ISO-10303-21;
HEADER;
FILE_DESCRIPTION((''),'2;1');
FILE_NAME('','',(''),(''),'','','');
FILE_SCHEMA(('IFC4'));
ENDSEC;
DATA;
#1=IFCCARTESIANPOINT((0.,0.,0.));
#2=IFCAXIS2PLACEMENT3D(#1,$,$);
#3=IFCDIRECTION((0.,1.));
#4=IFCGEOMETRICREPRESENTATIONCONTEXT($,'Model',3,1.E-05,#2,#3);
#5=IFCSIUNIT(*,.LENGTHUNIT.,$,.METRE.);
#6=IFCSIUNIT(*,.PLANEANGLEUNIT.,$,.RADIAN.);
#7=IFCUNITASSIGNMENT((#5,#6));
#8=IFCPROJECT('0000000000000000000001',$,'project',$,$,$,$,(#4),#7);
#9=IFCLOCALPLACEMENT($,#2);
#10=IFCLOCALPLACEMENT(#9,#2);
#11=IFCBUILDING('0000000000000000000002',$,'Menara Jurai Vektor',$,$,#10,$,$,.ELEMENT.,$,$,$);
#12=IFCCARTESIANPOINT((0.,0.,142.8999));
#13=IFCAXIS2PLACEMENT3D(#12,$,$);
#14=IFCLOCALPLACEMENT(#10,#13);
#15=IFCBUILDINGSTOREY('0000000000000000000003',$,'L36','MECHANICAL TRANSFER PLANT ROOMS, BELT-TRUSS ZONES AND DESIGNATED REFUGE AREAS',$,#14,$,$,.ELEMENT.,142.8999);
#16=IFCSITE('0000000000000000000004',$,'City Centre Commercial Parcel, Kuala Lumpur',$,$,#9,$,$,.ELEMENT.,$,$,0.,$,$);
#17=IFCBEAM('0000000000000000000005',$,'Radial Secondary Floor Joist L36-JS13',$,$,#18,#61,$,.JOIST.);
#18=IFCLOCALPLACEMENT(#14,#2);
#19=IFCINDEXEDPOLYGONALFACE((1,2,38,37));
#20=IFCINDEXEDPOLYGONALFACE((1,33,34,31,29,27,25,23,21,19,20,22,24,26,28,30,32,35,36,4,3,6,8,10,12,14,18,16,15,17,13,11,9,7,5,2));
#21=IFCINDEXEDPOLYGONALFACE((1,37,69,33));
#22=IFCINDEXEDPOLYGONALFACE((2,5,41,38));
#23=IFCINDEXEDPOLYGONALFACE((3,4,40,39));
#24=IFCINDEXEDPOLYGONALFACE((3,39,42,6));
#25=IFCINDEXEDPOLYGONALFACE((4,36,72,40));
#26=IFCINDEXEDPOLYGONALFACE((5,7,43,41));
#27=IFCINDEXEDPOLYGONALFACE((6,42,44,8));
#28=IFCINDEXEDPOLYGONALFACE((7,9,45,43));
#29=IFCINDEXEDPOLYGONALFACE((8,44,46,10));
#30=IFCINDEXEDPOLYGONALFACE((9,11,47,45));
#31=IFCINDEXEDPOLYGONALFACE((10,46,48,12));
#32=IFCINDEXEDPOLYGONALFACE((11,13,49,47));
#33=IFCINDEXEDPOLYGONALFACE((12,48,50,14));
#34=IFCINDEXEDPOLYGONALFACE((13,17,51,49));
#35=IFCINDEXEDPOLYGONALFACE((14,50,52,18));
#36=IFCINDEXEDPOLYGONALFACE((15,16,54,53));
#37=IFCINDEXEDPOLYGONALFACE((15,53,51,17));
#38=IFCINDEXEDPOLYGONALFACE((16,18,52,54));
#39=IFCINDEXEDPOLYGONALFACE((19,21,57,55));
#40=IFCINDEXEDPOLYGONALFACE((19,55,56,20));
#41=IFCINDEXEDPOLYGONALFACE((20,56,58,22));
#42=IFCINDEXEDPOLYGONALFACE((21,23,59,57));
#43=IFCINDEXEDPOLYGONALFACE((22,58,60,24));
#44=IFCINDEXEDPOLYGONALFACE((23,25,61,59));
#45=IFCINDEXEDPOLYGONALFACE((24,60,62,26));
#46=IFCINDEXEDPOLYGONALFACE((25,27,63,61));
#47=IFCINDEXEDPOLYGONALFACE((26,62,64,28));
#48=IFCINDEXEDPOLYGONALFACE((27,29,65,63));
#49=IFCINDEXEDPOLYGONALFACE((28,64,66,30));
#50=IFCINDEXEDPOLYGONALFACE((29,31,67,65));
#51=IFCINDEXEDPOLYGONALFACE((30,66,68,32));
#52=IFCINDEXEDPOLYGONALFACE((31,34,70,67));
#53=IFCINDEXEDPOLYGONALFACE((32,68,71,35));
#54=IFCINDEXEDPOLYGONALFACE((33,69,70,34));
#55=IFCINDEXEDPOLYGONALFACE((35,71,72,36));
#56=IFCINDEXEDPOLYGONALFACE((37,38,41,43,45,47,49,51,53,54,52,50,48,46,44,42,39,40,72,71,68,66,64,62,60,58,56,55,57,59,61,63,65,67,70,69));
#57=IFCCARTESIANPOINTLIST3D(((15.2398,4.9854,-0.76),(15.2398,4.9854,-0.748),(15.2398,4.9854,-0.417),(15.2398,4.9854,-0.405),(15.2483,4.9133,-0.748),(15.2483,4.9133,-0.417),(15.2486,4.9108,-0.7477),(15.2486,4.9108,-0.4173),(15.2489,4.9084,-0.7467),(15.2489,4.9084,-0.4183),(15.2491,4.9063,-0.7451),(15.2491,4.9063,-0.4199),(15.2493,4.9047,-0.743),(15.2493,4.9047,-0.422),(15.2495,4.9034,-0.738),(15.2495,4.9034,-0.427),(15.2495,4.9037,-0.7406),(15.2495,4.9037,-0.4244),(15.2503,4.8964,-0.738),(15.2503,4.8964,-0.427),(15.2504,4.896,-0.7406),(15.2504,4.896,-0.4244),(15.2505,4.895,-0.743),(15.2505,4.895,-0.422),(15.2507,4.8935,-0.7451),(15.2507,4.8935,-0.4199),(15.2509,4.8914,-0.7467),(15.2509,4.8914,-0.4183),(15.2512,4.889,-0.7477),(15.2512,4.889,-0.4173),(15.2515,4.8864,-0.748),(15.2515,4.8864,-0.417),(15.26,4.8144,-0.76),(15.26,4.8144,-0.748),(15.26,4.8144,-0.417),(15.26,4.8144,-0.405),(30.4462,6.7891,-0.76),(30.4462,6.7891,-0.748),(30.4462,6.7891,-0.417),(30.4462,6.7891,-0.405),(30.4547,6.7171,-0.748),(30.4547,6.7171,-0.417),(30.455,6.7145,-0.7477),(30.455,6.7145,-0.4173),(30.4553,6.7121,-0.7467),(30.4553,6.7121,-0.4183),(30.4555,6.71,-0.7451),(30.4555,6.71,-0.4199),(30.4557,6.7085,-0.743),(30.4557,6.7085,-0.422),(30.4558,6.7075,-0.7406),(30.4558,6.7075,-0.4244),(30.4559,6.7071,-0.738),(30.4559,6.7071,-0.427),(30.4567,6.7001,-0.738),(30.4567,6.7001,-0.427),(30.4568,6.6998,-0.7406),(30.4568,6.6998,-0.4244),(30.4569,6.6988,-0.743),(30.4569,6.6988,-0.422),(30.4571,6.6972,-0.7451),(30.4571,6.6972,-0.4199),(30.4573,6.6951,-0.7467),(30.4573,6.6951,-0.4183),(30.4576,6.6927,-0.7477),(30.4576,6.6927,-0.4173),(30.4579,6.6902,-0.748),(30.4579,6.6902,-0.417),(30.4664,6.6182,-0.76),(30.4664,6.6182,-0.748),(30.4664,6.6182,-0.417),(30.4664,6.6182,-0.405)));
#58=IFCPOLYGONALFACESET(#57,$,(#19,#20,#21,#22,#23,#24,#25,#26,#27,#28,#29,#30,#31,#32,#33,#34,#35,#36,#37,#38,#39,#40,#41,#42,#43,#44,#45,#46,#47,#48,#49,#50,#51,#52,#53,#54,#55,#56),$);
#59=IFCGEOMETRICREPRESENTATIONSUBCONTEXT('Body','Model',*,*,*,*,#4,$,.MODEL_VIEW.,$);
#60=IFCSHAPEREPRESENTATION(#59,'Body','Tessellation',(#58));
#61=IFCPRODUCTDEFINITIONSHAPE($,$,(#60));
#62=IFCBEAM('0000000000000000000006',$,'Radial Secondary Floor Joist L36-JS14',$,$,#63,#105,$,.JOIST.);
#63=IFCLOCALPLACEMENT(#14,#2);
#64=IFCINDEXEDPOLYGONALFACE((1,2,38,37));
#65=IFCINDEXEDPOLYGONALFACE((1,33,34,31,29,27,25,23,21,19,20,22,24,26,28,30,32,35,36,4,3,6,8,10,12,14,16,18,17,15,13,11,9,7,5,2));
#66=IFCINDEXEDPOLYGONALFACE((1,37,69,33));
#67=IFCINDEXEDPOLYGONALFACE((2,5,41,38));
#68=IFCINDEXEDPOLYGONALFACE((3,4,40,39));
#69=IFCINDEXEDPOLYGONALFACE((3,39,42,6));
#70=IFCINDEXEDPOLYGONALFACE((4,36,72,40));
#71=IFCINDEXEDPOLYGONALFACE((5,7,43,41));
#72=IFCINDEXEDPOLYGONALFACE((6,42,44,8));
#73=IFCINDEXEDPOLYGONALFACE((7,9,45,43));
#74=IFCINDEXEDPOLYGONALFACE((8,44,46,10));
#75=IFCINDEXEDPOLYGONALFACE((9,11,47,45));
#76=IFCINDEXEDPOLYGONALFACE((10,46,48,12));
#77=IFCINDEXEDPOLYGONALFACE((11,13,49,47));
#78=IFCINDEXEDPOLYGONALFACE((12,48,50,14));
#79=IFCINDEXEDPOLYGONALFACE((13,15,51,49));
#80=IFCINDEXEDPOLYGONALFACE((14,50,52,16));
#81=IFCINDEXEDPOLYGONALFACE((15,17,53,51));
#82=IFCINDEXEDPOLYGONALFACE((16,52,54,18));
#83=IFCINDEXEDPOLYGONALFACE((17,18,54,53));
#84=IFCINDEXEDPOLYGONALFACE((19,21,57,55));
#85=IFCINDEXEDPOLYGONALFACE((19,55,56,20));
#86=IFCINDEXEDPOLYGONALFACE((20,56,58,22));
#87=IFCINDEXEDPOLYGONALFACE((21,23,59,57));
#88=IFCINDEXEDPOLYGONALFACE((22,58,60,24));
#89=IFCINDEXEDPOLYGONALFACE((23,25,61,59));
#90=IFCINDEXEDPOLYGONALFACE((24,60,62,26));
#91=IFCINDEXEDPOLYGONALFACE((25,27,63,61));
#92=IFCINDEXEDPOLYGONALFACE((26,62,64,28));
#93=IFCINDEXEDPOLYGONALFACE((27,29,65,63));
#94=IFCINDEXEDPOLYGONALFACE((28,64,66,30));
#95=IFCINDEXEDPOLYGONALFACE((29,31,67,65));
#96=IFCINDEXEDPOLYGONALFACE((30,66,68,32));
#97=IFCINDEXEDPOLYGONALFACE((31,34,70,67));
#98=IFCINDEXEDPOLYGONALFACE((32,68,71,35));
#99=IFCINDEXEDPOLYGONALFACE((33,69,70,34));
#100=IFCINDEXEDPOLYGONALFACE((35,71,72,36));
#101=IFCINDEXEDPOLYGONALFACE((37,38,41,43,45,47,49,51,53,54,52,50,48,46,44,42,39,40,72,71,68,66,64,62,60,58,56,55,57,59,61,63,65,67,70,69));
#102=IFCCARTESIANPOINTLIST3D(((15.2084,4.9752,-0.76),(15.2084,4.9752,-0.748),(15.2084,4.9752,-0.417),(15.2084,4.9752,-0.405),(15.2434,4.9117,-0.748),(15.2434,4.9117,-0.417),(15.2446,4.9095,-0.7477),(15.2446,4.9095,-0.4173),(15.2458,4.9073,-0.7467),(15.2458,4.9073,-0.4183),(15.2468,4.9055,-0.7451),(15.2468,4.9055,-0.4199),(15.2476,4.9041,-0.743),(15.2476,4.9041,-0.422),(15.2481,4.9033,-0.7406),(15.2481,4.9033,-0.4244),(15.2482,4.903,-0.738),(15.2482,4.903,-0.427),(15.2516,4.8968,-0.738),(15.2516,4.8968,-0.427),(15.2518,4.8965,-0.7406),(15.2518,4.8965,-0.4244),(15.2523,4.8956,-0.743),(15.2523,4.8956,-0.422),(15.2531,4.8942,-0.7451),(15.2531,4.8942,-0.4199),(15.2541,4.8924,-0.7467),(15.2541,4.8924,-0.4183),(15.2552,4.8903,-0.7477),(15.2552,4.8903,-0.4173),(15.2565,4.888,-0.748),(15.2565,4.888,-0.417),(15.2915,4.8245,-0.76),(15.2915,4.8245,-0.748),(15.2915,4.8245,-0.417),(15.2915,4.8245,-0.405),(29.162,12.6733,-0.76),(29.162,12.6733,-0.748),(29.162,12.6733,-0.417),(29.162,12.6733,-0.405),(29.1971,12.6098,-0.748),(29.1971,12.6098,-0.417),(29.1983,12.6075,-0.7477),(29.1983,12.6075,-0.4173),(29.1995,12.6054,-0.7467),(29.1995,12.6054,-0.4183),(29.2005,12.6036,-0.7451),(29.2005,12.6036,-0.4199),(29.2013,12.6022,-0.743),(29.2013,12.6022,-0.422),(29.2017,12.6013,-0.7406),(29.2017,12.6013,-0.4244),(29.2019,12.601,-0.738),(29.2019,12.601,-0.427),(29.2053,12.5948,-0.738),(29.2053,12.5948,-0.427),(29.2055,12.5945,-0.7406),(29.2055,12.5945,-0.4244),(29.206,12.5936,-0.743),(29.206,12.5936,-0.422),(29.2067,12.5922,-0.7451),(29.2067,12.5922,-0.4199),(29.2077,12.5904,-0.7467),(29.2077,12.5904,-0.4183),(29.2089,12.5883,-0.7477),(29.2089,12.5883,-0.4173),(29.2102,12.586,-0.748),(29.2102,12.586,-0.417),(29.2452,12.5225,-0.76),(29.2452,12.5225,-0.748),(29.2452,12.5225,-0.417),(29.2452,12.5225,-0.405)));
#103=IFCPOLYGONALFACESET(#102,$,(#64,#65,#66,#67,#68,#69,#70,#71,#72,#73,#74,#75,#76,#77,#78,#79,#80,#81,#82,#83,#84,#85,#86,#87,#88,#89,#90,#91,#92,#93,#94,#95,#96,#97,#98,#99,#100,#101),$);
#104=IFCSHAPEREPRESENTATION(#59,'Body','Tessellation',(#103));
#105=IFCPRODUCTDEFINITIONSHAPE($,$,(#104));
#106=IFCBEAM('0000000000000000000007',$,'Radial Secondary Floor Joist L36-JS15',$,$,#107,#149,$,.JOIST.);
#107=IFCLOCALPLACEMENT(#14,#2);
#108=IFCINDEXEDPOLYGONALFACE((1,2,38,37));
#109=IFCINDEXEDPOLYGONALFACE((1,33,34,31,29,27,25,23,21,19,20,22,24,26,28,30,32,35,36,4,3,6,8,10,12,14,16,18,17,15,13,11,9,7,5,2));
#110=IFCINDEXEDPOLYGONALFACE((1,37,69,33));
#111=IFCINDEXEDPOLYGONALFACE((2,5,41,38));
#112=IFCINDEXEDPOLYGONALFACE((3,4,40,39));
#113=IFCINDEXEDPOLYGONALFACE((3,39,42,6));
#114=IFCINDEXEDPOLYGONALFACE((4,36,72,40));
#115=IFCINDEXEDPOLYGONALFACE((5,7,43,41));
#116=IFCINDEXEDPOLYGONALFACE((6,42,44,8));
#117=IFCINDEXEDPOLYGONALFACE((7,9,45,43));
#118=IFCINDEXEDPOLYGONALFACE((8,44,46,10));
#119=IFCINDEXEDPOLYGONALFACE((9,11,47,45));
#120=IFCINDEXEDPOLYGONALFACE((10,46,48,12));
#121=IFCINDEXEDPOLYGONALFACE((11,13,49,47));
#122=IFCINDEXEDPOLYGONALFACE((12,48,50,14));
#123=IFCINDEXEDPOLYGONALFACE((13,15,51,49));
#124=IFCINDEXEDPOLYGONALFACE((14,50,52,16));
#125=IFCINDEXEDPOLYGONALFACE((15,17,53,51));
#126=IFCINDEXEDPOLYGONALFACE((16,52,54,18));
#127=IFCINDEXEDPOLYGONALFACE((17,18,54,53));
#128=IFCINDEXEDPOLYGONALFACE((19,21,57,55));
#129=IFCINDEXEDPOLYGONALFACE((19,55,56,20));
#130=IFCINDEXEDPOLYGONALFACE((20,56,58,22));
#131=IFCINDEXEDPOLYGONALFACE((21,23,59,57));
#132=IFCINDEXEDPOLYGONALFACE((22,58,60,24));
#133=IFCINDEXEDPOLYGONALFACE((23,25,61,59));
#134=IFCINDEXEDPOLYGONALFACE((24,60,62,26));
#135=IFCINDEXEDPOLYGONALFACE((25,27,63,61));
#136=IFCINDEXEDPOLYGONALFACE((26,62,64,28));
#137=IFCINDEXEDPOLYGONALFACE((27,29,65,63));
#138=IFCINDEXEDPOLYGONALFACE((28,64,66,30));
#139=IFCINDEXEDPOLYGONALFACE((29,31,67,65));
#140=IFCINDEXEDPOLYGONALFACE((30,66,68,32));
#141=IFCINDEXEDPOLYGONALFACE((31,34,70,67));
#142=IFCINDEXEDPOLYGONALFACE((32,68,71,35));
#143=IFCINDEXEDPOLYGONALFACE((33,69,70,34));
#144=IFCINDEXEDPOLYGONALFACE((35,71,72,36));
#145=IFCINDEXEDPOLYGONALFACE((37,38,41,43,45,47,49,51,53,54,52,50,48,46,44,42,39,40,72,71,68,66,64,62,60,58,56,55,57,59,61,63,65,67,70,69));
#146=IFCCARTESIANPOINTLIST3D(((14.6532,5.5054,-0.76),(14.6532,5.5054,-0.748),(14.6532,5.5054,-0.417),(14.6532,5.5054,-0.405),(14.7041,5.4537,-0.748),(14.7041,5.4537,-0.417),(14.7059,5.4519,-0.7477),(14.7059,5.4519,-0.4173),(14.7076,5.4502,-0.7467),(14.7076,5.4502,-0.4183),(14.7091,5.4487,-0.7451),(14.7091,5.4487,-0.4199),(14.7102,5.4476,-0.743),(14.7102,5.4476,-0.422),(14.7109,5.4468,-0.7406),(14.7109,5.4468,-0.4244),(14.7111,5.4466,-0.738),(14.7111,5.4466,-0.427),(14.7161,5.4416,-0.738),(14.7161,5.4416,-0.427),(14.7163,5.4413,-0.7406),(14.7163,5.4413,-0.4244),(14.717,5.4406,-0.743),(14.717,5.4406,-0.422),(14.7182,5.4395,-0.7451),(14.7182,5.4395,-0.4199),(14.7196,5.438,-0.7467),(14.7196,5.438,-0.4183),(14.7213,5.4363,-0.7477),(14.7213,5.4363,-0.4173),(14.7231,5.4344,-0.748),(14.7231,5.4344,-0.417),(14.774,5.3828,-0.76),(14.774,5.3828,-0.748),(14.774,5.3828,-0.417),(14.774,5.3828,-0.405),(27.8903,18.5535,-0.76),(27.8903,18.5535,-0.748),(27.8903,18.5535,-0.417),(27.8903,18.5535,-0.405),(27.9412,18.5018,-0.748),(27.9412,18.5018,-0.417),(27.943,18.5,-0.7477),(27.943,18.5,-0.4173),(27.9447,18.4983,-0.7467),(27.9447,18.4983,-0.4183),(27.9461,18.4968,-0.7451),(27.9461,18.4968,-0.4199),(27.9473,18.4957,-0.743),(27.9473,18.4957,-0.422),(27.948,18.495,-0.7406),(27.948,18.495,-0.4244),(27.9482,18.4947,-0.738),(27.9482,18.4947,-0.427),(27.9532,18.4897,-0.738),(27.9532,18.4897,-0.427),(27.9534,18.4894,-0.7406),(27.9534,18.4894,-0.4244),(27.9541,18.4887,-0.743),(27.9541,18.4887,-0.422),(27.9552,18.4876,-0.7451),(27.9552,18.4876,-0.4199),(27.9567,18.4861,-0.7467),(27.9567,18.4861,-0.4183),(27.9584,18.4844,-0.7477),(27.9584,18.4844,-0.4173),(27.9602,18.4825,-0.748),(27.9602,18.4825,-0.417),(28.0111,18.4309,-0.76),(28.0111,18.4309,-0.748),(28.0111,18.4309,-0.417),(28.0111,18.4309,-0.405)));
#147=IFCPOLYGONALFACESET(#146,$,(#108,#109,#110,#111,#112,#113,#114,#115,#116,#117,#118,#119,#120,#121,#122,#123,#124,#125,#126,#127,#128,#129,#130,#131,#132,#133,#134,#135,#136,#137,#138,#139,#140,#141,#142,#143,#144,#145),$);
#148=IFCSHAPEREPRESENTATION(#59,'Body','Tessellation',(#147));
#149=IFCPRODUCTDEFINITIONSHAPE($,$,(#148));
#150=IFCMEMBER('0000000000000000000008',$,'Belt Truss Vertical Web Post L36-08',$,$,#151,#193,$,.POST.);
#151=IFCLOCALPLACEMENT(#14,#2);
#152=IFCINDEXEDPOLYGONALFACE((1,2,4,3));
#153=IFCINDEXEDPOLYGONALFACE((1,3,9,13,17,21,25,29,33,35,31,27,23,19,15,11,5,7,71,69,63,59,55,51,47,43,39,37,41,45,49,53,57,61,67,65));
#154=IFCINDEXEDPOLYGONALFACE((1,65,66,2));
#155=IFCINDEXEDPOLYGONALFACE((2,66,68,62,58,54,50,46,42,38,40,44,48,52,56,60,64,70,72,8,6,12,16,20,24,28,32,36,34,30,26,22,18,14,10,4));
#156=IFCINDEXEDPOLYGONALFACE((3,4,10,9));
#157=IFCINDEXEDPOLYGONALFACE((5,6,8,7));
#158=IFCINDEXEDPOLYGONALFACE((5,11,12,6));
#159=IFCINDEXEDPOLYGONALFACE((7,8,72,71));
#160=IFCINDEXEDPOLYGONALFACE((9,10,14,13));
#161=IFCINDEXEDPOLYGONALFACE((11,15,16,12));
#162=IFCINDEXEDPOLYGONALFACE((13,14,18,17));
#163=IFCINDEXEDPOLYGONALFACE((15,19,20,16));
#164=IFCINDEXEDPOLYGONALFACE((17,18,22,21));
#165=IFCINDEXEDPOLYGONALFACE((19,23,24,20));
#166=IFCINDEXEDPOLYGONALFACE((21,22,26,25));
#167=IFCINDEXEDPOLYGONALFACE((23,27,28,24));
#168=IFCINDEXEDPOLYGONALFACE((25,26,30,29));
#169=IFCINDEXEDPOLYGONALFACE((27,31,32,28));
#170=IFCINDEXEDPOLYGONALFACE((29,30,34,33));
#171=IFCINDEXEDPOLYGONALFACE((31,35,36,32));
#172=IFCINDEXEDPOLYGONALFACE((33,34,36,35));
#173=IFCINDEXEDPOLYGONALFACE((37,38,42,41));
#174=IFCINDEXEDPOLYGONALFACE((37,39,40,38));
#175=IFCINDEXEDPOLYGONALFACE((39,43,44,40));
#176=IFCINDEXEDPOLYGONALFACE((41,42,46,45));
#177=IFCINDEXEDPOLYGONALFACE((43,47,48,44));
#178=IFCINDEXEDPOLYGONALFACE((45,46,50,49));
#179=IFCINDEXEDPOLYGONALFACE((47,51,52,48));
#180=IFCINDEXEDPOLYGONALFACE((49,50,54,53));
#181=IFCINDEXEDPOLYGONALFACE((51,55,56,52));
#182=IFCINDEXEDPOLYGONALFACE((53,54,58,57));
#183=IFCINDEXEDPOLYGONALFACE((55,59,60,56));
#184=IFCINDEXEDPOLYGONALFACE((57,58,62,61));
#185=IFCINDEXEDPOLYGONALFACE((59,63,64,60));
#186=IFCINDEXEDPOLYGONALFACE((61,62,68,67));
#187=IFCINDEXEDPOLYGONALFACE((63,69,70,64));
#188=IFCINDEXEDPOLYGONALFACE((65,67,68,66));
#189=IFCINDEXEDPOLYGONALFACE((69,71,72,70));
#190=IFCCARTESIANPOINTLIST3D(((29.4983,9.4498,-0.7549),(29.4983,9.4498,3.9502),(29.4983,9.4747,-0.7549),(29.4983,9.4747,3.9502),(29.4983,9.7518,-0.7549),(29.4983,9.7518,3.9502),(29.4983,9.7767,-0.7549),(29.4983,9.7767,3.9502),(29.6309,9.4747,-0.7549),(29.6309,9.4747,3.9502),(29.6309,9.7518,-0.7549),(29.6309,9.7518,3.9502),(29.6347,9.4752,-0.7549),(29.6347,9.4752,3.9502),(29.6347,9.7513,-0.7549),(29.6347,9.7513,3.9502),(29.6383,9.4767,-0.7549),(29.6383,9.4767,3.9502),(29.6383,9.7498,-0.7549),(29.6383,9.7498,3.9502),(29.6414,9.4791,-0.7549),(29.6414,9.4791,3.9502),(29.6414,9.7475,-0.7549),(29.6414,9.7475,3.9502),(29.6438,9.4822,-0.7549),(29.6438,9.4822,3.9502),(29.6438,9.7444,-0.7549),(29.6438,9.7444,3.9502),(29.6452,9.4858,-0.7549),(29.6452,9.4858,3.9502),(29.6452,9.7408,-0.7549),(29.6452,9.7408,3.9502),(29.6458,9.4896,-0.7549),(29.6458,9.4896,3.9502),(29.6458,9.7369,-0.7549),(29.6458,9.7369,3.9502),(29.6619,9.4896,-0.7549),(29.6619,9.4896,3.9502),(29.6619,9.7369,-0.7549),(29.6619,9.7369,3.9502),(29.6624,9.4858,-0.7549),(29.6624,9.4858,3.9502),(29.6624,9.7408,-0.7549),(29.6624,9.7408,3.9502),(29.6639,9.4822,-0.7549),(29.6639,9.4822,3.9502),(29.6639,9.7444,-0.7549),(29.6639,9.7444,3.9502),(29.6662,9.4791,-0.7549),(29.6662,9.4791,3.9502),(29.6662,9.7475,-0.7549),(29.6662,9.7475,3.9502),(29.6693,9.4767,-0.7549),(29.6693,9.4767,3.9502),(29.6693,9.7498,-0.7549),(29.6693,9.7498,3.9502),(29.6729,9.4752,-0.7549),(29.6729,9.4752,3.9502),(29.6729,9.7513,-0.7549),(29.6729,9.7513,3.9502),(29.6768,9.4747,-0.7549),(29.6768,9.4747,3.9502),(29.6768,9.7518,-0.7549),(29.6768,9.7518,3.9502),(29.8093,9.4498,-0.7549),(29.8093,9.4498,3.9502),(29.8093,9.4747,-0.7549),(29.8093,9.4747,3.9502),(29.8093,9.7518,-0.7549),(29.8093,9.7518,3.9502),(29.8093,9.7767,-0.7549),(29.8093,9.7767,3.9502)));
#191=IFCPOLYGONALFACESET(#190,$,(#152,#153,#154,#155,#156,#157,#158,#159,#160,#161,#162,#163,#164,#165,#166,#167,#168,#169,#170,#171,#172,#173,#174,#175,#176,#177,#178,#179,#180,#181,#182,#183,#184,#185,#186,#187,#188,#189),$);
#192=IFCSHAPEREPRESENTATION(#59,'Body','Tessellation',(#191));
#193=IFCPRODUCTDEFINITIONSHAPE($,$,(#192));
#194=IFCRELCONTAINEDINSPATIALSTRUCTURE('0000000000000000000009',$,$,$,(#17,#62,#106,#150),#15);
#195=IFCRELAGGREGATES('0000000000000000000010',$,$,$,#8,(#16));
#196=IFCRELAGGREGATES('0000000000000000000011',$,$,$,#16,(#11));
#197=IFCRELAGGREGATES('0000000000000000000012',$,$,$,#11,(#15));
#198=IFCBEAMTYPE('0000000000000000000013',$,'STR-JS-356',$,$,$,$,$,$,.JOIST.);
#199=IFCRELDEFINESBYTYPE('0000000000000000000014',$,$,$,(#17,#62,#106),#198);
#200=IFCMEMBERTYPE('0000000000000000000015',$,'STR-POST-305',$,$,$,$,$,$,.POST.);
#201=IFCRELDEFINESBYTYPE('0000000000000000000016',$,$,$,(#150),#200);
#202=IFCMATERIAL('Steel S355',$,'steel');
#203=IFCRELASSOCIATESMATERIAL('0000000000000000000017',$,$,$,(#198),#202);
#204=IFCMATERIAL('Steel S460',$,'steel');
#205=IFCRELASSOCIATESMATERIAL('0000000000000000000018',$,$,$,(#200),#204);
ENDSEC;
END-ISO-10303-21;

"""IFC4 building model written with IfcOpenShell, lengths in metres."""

from ifc_helpers import new_model, si_unit, direction, frame, origin, origin_2d, place, context, subcontext, project, spatial, i_section, extrude, material, material_profile, profile_set, type_object, element, save


model = new_model("IFC4")

# Units and contexts
model_context = context("Model", 3, precision=1e-05, world=origin(), true_north=direction((0.0, 1.0)))
body_context = subcontext(model_context, "Body", "Model", "MODEL_VIEW")
ifc_project = project(units=[si_unit("LENGTHUNIT", "METRE"), si_unit("PLANEANGLEUNIT", "RADIAN")], contexts=[model_context])

# Site, building, storey
site_placement = place(None, origin())
site = spatial("IfcSite", under=ifc_project, at=site_placement, Name="City Centre Commercial Parcel, Kuala Lumpur", CompositionType="ELEMENT", RefElevation=0.0)
building_placement = place(site_placement, origin())
building = spatial("IfcBuilding", under=site, at=building_placement, Name="Menara Jurai Vektor", CompositionType="ELEMENT")
storey_placement = place(building_placement, frame((0.0, 0.0, 142.8999)))
storey = spatial("IfcBuildingStorey", under=building, at=storey_placement, Name="L36", Description="MECHANICAL TRANSFER PLANT ROOMS, BELT-TRUSS ZONES AND DESIGNATED REFUGE AREAS", CompositionType="ELEMENT", Elevation=142.8999)

# Shared definitions
ifc_material_1 = material(Name="Steel S460", Category="steel")

# Shared definitions
ifc_material_2 = material(Name="Steel S355", Category="steel")

# Beams
ifc_material_profile_1 = material_profile(ifc_material_2, i_section(OverallWidth=0.1721, OverallDepth=0.355, WebThickness=0.0071, FlangeThickness=0.012, FilletRadius=0.01, at=origin_2d()), Name="UKB 356x171x51")
ifc_profile_set_1 = profile_set([ifc_material_profile_1], Name="Steel S355")
beam_type_1 = type_object("IfcBeamType", Name="STR-JS-356", PredefinedType="JOIST", material=ifc_profile_set_1)
beam_1_placement = place(storey_placement, frame((30.4563, 6.7036, -0.5825), z_axis=(-0.993038, -0.11779, 0.0), x_axis=(0.11779, -0.993038, 0.0)))
element("IfcBeam", 1, at=beam_1_placement, inside=storey, type_object=beam_type_1, Name="Radial Secondary Floor Joist L36-JS13", PredefinedType="JOIST", context=body_context, shape_type="SweptSolid", body=[
    extrude(i_section(OverallWidth=0.1721, OverallDepth=0.355, WebThickness=0.0071, FlangeThickness=0.012, FilletRadius=0.01, at=origin_2d()), origin(), (0.0, 0.0, 1.0), 15.313),
])
beam_2_placement = place(storey_placement, frame((29.2036, 12.5979, -0.5825), z_axis=(-0.875592, -0.483051, 0.0), x_axis=(0.483051, -0.875592, 0.0)))
element("IfcBeam", 2, at=beam_2_placement, inside=storey, type_object=beam_type_1, Name="Radial Secondary Floor Joist L36-JS14", PredefinedType="JOIST", context=body_context, shape_type="SweptSolid", body=[
    extrude(i_section(OverallWidth=0.1721, OverallDepth=0.355, WebThickness=0.0071, FlangeThickness=0.012, FilletRadius=0.01, at=origin_2d()), origin(), (0.0, 0.0, 1.0), 15.9363),
])
beam_3_placement = place(storey_placement, frame((27.9507, 18.4922, -0.5825), z_axis=(-0.712172, -0.702005, 0.0), x_axis=(0.702005, -0.712172, 0.0)))
element("IfcBeam", 3, at=beam_3_placement, inside=storey, type_object=beam_type_1, Name="Radial Secondary Floor Joist L36-JS15", PredefinedType="JOIST", context=body_context, shape_type="SweptSolid", body=[
    extrude(i_section(OverallWidth=0.1721, OverallDepth=0.355, WebThickness=0.0071, FlangeThickness=0.012, FilletRadius=0.01, at=origin_2d()), origin(), (0.0, 0.0, 1.0), 18.5869),
])

# Member
ifc_material_profile_2 = material_profile(ifc_material_1, i_section(OverallWidth=0.311, OverallDepth=0.3269, WebThickness=0.0161, FlangeThickness=0.0249, FilletRadius=0.0149, at=origin_2d()), Name="UKC 305x305x158")
ifc_profile_set_2 = profile_set([ifc_material_profile_2], Name="Steel S460")
member_type_1 = type_object("IfcMemberType", Name="STR-POST-305", PredefinedType="POST", material=ifc_profile_set_2)
for number, where, z_axis, x_axis, name in (
    (4, (29.6538, 9.6133, -0.7549), (0.0, 0.0, 1.0), (1.0, 0.0, 0.0), "Belt Truss Vertical Web Post L36-08"),
):
    element("IfcMember", number, at=place(storey_placement, frame(where, z_axis=z_axis, x_axis=x_axis)), inside=storey, type_object=member_type_1, Name=name, PredefinedType="POST", context=body_context, shape_type="SweptSolid", body=[
        extrude(i_section(OverallWidth=0.311, OverallDepth=0.3269, WebThickness=0.0161, FlangeThickness=0.0249, FilletRadius=0.0149, at=origin_2d()), origin(), (0.0, 0.0, 1.0), 4.7051),
    ])

save(model, "model.ifc")
